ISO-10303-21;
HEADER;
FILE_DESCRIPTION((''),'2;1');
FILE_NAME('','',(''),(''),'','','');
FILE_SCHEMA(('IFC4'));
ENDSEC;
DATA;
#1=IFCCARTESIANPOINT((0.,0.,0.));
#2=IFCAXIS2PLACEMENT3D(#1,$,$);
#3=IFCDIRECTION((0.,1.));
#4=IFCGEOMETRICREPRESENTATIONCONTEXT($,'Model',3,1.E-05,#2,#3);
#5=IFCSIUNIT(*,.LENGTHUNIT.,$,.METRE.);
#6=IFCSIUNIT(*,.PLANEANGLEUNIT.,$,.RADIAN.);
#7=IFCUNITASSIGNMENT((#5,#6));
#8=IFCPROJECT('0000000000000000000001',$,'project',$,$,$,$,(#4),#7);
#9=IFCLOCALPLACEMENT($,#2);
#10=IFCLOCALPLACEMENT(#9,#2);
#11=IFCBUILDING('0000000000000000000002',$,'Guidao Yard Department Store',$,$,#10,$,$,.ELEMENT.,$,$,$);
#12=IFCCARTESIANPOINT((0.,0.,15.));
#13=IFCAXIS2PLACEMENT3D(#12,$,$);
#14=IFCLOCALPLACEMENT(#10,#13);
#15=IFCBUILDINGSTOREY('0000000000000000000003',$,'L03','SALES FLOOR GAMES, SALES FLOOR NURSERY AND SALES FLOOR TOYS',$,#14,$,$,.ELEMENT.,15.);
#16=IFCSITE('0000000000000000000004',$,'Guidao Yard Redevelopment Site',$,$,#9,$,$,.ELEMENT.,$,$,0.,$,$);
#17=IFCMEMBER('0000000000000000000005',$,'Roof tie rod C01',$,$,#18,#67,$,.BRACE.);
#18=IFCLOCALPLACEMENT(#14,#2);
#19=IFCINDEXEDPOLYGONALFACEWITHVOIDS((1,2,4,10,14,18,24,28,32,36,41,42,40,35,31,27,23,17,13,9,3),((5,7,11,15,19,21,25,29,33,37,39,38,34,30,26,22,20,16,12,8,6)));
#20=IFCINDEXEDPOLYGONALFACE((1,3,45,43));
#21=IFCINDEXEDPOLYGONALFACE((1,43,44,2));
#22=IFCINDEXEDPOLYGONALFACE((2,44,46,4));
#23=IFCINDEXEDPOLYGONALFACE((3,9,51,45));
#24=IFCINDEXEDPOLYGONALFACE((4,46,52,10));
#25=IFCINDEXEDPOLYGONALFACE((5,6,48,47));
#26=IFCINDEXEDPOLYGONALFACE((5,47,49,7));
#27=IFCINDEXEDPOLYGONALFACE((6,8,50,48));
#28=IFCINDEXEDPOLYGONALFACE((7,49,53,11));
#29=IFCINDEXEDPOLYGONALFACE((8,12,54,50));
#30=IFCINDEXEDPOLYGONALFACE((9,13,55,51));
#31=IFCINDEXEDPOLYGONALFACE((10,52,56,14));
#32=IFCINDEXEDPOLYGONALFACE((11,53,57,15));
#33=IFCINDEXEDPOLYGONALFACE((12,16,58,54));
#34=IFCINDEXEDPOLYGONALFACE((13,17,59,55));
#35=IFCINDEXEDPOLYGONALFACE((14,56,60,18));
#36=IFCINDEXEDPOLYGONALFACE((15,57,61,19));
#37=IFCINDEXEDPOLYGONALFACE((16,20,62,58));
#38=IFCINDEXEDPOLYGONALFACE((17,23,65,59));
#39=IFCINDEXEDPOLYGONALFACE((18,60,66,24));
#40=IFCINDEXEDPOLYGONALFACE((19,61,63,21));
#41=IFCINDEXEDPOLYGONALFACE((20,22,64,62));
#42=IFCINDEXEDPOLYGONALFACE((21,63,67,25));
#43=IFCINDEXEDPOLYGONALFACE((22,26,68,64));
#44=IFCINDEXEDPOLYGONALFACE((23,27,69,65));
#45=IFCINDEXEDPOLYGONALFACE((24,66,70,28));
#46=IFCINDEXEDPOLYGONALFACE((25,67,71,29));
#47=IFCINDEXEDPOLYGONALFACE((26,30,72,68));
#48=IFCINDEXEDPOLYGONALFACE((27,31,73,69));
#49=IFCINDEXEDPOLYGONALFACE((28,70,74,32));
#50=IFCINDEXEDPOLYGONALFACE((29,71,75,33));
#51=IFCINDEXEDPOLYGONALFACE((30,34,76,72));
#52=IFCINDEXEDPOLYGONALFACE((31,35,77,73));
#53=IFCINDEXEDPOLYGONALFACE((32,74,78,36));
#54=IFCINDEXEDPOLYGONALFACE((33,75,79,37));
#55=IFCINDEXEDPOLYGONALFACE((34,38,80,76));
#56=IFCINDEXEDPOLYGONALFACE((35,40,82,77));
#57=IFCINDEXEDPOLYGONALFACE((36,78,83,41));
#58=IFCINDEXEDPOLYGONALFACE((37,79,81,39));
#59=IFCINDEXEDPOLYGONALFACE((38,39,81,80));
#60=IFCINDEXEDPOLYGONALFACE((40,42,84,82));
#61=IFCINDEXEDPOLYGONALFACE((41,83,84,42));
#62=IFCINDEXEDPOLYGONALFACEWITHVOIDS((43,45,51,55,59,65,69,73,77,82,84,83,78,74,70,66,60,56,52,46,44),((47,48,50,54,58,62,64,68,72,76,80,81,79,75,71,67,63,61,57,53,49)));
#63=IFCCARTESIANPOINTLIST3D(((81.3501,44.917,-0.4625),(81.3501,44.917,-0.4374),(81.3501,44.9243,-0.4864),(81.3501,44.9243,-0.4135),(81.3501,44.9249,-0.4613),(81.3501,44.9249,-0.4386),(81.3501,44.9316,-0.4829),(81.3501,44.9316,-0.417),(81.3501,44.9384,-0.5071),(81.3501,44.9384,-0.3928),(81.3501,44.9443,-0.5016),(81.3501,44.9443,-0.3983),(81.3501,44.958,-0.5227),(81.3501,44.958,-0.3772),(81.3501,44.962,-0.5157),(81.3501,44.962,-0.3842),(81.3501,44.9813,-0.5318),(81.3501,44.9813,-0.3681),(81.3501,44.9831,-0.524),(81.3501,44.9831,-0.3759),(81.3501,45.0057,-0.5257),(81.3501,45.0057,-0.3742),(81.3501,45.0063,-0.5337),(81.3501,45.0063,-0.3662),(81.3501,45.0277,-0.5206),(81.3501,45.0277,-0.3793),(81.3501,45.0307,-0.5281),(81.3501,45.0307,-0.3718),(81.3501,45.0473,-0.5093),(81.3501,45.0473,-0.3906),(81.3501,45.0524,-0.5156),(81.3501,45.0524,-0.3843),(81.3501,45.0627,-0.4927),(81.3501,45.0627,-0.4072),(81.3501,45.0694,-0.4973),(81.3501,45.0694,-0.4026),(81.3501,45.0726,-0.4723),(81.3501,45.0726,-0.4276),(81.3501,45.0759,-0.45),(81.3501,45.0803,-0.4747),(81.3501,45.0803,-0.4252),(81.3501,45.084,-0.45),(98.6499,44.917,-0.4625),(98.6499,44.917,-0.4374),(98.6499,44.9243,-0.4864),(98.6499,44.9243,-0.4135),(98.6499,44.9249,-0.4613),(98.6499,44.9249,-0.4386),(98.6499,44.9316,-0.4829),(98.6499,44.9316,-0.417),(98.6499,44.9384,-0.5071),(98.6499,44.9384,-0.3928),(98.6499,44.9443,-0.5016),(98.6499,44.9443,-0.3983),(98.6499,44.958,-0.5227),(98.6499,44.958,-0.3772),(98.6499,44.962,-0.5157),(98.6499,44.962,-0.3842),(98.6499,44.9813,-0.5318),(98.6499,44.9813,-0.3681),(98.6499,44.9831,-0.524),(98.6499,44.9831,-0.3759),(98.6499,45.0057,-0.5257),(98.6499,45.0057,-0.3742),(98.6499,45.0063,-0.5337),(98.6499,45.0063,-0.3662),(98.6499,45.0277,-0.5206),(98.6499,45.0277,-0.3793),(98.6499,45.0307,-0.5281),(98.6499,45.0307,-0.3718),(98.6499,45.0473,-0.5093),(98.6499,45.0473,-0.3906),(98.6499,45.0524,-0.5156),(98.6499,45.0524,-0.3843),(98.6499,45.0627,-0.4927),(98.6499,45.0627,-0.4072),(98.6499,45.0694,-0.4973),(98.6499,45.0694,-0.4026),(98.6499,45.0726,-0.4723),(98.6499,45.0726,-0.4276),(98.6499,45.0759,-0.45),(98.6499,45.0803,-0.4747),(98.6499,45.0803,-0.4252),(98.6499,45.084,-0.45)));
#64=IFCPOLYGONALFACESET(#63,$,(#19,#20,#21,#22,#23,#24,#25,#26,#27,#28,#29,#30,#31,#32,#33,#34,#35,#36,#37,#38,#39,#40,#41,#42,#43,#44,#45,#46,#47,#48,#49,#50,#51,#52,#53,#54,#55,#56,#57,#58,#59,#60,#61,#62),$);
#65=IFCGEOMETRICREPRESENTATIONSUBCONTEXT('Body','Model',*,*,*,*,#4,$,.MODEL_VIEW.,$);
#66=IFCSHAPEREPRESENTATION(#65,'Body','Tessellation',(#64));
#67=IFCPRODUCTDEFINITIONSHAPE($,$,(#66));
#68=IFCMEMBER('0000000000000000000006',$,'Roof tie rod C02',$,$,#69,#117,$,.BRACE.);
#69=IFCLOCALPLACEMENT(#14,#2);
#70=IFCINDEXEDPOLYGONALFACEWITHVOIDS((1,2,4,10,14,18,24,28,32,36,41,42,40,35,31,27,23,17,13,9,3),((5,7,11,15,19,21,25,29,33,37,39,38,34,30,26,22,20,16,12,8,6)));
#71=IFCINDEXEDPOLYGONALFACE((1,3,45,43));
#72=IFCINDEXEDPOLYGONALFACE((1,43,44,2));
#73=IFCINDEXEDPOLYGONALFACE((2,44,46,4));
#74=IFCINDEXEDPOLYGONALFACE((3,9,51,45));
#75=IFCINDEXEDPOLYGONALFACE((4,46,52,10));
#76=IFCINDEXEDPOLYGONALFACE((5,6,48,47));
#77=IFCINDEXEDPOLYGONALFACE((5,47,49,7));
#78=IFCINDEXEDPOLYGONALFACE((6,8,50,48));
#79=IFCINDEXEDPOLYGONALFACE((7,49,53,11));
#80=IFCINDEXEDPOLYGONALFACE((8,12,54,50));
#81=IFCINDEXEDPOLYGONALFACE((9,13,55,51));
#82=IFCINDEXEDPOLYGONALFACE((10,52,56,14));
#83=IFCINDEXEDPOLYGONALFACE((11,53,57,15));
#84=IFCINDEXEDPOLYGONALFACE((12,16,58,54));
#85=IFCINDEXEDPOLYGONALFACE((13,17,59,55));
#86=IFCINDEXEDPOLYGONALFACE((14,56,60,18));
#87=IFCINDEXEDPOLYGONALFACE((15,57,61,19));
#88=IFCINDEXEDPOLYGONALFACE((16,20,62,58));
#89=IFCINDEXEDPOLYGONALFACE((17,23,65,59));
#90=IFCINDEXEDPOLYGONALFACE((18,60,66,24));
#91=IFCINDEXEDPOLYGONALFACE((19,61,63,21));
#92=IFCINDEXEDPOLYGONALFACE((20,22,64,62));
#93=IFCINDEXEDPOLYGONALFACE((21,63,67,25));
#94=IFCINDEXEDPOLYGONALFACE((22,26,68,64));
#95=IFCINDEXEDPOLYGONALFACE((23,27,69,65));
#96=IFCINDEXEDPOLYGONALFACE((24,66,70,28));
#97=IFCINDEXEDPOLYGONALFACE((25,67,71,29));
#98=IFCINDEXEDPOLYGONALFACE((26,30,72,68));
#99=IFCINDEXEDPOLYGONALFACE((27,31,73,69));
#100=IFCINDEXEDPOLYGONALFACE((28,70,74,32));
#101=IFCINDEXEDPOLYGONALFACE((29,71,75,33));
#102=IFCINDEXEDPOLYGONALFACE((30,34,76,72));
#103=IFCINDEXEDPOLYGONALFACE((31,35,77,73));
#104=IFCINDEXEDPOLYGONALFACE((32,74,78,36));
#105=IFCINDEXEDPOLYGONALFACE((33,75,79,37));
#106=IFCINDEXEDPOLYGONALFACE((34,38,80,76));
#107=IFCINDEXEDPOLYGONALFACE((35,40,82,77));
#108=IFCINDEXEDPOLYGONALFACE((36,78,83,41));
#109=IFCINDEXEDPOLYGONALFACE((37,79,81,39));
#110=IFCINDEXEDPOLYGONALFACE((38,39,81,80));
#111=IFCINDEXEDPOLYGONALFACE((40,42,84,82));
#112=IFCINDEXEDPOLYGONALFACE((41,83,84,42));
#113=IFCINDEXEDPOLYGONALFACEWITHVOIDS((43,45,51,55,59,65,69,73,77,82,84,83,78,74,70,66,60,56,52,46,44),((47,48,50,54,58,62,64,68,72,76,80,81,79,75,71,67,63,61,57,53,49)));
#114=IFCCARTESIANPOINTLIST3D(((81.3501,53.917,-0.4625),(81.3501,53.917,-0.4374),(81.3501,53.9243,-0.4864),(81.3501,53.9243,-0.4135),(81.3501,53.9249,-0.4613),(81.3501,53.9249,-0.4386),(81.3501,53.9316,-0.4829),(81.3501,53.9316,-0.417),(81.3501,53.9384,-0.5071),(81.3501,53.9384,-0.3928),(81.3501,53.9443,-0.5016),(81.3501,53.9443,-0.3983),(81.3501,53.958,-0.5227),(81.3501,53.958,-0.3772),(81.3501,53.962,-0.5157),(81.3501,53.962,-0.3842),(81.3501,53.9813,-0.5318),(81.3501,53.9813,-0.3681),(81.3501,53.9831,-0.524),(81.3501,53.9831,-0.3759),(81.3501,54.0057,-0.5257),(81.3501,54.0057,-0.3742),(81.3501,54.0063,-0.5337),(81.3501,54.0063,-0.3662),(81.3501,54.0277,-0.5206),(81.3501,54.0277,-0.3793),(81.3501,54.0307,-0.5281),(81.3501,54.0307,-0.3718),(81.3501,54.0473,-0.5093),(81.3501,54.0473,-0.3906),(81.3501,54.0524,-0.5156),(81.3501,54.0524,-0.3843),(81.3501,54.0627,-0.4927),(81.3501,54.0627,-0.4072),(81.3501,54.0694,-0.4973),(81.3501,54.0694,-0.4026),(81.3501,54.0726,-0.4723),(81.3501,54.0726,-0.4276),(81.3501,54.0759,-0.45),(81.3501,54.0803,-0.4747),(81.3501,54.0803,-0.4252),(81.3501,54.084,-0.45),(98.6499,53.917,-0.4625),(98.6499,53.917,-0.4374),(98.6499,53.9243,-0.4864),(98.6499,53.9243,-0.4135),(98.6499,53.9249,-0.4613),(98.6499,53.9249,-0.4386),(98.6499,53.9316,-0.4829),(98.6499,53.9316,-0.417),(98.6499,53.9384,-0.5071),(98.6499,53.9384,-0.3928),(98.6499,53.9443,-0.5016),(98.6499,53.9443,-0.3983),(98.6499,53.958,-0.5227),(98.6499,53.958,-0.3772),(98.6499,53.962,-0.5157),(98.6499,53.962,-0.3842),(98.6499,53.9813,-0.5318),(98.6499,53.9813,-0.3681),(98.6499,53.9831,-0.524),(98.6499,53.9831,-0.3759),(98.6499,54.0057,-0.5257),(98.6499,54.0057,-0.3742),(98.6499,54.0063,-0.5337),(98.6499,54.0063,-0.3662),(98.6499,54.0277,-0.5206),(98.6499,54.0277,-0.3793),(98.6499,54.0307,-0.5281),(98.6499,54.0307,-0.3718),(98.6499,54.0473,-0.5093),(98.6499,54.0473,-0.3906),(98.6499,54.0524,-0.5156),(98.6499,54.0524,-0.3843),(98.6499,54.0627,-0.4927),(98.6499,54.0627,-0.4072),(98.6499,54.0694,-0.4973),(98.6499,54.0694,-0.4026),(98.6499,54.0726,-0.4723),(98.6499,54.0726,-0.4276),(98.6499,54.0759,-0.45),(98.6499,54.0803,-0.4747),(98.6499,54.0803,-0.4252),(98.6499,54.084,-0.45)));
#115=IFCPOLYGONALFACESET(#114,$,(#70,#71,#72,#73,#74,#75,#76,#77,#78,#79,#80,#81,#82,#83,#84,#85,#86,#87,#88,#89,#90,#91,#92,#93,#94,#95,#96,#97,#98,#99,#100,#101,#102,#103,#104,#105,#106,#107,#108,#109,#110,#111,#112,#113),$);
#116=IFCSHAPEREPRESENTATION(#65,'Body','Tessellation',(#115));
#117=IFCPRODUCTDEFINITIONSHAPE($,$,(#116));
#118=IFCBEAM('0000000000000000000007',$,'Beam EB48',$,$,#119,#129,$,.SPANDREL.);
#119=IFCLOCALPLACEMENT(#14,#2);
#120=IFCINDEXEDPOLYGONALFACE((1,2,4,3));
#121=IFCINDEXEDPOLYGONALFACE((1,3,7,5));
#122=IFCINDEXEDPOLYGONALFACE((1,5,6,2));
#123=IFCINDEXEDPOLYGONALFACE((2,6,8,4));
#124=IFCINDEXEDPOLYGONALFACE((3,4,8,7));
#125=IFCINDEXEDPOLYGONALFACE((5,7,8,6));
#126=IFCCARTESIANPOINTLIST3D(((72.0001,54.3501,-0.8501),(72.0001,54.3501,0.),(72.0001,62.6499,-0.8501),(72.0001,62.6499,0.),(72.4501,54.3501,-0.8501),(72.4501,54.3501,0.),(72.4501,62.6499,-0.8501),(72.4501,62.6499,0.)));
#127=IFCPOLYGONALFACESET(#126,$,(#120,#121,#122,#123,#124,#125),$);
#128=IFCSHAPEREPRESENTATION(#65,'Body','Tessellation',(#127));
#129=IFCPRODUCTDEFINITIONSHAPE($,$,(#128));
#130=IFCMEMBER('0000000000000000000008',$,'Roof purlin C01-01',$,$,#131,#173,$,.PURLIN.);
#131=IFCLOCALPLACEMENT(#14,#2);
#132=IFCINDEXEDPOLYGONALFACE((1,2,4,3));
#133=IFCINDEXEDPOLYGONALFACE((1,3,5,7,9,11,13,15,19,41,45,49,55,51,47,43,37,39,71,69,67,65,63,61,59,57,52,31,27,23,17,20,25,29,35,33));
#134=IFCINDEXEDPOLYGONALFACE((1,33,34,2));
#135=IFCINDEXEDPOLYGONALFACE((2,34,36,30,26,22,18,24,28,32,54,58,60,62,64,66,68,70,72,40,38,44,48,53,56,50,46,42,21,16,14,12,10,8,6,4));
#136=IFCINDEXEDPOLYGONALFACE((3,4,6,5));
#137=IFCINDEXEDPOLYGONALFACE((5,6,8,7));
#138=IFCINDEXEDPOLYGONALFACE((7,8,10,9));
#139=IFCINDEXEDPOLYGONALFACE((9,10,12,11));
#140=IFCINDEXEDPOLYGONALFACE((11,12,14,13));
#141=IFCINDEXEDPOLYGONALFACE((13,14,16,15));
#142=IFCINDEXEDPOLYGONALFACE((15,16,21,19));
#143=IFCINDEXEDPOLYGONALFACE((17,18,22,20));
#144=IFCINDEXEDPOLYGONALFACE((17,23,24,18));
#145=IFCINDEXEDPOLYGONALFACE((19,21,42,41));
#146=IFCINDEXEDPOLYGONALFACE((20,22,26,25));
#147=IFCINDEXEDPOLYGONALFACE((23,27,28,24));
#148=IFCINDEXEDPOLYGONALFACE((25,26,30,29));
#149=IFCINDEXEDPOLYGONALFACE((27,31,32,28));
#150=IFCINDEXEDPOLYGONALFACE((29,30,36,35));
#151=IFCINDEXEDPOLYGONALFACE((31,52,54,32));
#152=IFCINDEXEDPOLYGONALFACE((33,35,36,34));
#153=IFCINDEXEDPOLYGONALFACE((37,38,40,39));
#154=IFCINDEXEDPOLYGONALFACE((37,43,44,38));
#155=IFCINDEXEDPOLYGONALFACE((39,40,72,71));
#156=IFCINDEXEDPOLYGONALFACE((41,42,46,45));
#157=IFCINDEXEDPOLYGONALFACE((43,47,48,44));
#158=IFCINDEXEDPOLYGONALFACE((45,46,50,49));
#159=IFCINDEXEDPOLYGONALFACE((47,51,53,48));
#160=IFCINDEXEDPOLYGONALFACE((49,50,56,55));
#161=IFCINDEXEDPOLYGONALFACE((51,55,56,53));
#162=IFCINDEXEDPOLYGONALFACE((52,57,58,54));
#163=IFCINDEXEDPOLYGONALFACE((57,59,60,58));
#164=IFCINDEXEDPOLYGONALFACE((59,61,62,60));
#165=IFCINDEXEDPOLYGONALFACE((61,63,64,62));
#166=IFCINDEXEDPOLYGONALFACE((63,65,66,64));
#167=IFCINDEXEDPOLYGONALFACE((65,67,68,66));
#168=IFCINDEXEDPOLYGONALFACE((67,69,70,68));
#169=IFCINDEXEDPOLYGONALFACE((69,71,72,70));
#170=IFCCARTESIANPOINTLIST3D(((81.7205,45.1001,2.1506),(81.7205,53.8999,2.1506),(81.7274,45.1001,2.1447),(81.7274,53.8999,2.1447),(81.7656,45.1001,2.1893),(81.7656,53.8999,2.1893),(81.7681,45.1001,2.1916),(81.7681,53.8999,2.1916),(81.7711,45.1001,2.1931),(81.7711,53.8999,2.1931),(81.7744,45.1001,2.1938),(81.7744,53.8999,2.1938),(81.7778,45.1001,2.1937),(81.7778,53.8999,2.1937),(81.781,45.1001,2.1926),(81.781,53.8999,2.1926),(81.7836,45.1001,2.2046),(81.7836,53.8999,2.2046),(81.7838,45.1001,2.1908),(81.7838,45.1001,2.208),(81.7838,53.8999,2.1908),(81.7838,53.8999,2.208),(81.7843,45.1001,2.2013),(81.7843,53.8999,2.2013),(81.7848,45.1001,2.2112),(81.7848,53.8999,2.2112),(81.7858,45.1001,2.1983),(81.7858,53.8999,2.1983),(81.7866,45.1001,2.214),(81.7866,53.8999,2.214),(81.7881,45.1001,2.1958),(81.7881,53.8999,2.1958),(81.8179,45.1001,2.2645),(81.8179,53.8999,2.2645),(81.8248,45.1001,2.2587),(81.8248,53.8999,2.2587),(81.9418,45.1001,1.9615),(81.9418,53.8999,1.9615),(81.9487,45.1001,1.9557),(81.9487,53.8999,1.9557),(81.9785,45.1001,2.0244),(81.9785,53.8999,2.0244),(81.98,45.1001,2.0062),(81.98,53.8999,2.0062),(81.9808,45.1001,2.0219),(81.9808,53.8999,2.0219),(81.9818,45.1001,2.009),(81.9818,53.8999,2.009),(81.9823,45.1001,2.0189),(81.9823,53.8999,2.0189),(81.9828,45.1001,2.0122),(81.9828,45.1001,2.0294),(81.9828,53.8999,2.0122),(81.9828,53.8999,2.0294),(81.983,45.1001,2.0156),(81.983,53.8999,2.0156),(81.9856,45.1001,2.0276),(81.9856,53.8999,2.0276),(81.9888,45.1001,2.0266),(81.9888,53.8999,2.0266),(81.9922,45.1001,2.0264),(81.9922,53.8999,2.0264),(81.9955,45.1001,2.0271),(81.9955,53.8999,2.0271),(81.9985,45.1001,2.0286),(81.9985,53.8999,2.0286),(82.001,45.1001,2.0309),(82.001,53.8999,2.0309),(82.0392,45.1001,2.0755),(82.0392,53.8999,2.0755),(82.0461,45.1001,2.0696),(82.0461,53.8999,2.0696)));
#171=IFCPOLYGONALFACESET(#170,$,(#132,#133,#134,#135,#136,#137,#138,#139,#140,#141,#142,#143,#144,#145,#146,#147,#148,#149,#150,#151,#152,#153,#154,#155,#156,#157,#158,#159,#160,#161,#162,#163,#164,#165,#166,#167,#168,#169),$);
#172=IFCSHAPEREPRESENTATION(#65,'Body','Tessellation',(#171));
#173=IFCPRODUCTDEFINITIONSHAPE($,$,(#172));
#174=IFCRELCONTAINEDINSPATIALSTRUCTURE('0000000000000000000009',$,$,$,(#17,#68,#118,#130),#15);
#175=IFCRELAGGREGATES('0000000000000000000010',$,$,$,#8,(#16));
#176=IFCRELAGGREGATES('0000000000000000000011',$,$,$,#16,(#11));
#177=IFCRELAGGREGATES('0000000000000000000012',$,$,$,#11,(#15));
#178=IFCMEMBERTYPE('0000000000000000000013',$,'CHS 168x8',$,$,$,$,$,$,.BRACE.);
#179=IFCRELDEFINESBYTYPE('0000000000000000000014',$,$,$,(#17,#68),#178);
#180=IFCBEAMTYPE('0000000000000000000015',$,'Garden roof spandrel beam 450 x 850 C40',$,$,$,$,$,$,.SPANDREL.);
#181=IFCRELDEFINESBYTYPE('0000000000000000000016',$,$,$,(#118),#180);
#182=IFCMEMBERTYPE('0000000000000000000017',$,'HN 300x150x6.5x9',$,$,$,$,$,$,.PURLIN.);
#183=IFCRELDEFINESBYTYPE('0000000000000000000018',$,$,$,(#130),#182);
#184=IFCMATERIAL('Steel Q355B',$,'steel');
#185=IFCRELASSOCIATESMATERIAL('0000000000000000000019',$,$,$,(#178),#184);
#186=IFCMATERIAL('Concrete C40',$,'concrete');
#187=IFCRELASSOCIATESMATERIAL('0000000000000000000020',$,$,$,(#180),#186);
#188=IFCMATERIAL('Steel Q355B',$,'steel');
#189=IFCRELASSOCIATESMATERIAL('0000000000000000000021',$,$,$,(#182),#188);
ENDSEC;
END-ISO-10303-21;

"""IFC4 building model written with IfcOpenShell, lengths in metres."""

from ifc_helpers import new_model, si_unit, direction, frame, origin, origin_2d, place, context, subcontext, project, spatial, rectangle, hollow_circle, i_section, extrude, material, material_profile, profile_set, type_object, element, save


model = new_model("IFC4")

# Units and contexts
model_context = context("Model", 3, precision=1e-05, world=origin(), true_north=direction((0.0, 1.0)))
body_context = subcontext(model_context, "Body", "Model", "MODEL_VIEW")
ifc_project = project(units=[si_unit("LENGTHUNIT", "METRE"), si_unit("PLANEANGLEUNIT", "RADIAN")], contexts=[model_context])

# Site, building, storey
site_placement = place(None, origin())
site = spatial("IfcSite", under=ifc_project, at=site_placement, Name="Guidao Yard Redevelopment Site", CompositionType="ELEMENT", RefElevation=0.0)
building_placement = place(site_placement, origin())
building = spatial("IfcBuilding", under=site, at=building_placement, Name="Guidao Yard Department Store", CompositionType="ELEMENT")
storey_placement = place(building_placement, frame((0.0, 0.0, 15.0)))
storey = spatial("IfcBuildingStorey", under=building, at=storey_placement, Name="L03", Description="SALES FLOOR GAMES, SALES FLOOR NURSERY AND SALES FLOOR TOYS", CompositionType="ELEMENT", Elevation=15.0)

# Members
ifc_material_1 = material(Name="Steel Q355B", Category="steel")
ifc_material_profile_1 = material_profile(ifc_material_1, hollow_circle(Radius=0.084, WallThickness=0.0081, at=origin_2d()), Name="CHS 168x8")
ifc_profile_set_1 = profile_set([ifc_material_profile_1], Name="Steel Q355B")
member_type_1 = type_object("IfcMemberType", Name="CHS 168x8", PredefinedType="BRACE", material=ifc_profile_set_1)
for number, where, z_axis, x_axis, name in (
    (1, (81.3501, 45.0, -0.45), (1.0, 0.0, 0.0), (0.0, 1.0, 0.0), "Roof tie rod C01"),
    (2, (81.3501, 54.0, -0.45), (1.0, 0.0, 0.0), (0.0, 1.0, 0.0), "Roof tie rod C02"),
):
    element("IfcMember", number, at=place(storey_placement, frame(where, z_axis=z_axis, x_axis=x_axis)), inside=storey, type_object=member_type_1, Name=name, PredefinedType="BRACE", context=body_context, shape_type="SweptSolid", body=[
        extrude(hollow_circle(Radius=0.084, WallThickness=0.0081, at=origin_2d()), origin(), (0.0, 0.0, 1.0), 17.2998),
    ])

# Beam
ifc_material_2 = material(Name="Concrete C40", Category="concrete")
ifc_material_profile_2 = material_profile(ifc_material_2, rectangle(XDim=0.45, YDim=0.8501, at=origin_2d()), Name="Garden roof spandrel beam 450 x 850 C40")
ifc_profile_set_2 = profile_set([ifc_material_profile_2], Name="Concrete C40")
beam_type_1 = type_object("IfcBeamType", Name="Garden roof spandrel beam 450 x 850 C40", PredefinedType="SPANDREL", material=ifc_profile_set_2)
beam_1_placement = place(storey_placement, frame((72.2251, 54.3501, -0.425), z_axis=(0.0, 1.0, 0.0), x_axis=(-1.0, 0.0, 0.0)))
element("IfcBeam", 3, at=beam_1_placement, inside=storey, type_object=beam_type_1, Name="Beam EB48", PredefinedType="SPANDREL", context=body_context, shape_type="SweptSolid", body=[
    extrude(rectangle(XDim=0.45, YDim=0.8501, at=origin_2d()), origin(), (0.0, 0.0, 1.0), 8.2998),
])

# Member
ifc_material_3 = material(Name="Steel Q355B", Category="steel")
ifc_material_profile_3 = material_profile(ifc_material_3, i_section(OverallWidth=0.1499, OverallDepth=0.3, WebThickness=0.0066, FlangeThickness=0.009, FilletRadius=0.0129, at=origin_2d()), Name="HN 300x150x6.5x9")
ifc_profile_set_3 = profile_set([ifc_material_profile_3], Name="Steel Q355B")
member_type_2 = type_object("IfcMemberType", Name="HN 300x150x6.5x9", PredefinedType="PURLIN", material=ifc_profile_set_3)
for number, where, z_axis, x_axis, name in (
    (4, (81.8833, 45.1001, 2.1101), (0.0, 1.0, 0.0), (-0.649537, 0.0, -0.76033), "Roof purlin C01-01"),
):
    element("IfcMember", number, at=place(storey_placement, frame(where, z_axis=z_axis, x_axis=x_axis)), inside=storey, type_object=member_type_2, Name=name, PredefinedType="PURLIN", context=body_context, shape_type="SweptSolid", body=[
        extrude(i_section(OverallWidth=0.1499, OverallDepth=0.3, WebThickness=0.0066, FlangeThickness=0.009, FilletRadius=0.0129, at=origin_2d()), origin(), (0.0, 0.0, 1.0), 8.7998),
    ])

save(model, "model.ifc")
